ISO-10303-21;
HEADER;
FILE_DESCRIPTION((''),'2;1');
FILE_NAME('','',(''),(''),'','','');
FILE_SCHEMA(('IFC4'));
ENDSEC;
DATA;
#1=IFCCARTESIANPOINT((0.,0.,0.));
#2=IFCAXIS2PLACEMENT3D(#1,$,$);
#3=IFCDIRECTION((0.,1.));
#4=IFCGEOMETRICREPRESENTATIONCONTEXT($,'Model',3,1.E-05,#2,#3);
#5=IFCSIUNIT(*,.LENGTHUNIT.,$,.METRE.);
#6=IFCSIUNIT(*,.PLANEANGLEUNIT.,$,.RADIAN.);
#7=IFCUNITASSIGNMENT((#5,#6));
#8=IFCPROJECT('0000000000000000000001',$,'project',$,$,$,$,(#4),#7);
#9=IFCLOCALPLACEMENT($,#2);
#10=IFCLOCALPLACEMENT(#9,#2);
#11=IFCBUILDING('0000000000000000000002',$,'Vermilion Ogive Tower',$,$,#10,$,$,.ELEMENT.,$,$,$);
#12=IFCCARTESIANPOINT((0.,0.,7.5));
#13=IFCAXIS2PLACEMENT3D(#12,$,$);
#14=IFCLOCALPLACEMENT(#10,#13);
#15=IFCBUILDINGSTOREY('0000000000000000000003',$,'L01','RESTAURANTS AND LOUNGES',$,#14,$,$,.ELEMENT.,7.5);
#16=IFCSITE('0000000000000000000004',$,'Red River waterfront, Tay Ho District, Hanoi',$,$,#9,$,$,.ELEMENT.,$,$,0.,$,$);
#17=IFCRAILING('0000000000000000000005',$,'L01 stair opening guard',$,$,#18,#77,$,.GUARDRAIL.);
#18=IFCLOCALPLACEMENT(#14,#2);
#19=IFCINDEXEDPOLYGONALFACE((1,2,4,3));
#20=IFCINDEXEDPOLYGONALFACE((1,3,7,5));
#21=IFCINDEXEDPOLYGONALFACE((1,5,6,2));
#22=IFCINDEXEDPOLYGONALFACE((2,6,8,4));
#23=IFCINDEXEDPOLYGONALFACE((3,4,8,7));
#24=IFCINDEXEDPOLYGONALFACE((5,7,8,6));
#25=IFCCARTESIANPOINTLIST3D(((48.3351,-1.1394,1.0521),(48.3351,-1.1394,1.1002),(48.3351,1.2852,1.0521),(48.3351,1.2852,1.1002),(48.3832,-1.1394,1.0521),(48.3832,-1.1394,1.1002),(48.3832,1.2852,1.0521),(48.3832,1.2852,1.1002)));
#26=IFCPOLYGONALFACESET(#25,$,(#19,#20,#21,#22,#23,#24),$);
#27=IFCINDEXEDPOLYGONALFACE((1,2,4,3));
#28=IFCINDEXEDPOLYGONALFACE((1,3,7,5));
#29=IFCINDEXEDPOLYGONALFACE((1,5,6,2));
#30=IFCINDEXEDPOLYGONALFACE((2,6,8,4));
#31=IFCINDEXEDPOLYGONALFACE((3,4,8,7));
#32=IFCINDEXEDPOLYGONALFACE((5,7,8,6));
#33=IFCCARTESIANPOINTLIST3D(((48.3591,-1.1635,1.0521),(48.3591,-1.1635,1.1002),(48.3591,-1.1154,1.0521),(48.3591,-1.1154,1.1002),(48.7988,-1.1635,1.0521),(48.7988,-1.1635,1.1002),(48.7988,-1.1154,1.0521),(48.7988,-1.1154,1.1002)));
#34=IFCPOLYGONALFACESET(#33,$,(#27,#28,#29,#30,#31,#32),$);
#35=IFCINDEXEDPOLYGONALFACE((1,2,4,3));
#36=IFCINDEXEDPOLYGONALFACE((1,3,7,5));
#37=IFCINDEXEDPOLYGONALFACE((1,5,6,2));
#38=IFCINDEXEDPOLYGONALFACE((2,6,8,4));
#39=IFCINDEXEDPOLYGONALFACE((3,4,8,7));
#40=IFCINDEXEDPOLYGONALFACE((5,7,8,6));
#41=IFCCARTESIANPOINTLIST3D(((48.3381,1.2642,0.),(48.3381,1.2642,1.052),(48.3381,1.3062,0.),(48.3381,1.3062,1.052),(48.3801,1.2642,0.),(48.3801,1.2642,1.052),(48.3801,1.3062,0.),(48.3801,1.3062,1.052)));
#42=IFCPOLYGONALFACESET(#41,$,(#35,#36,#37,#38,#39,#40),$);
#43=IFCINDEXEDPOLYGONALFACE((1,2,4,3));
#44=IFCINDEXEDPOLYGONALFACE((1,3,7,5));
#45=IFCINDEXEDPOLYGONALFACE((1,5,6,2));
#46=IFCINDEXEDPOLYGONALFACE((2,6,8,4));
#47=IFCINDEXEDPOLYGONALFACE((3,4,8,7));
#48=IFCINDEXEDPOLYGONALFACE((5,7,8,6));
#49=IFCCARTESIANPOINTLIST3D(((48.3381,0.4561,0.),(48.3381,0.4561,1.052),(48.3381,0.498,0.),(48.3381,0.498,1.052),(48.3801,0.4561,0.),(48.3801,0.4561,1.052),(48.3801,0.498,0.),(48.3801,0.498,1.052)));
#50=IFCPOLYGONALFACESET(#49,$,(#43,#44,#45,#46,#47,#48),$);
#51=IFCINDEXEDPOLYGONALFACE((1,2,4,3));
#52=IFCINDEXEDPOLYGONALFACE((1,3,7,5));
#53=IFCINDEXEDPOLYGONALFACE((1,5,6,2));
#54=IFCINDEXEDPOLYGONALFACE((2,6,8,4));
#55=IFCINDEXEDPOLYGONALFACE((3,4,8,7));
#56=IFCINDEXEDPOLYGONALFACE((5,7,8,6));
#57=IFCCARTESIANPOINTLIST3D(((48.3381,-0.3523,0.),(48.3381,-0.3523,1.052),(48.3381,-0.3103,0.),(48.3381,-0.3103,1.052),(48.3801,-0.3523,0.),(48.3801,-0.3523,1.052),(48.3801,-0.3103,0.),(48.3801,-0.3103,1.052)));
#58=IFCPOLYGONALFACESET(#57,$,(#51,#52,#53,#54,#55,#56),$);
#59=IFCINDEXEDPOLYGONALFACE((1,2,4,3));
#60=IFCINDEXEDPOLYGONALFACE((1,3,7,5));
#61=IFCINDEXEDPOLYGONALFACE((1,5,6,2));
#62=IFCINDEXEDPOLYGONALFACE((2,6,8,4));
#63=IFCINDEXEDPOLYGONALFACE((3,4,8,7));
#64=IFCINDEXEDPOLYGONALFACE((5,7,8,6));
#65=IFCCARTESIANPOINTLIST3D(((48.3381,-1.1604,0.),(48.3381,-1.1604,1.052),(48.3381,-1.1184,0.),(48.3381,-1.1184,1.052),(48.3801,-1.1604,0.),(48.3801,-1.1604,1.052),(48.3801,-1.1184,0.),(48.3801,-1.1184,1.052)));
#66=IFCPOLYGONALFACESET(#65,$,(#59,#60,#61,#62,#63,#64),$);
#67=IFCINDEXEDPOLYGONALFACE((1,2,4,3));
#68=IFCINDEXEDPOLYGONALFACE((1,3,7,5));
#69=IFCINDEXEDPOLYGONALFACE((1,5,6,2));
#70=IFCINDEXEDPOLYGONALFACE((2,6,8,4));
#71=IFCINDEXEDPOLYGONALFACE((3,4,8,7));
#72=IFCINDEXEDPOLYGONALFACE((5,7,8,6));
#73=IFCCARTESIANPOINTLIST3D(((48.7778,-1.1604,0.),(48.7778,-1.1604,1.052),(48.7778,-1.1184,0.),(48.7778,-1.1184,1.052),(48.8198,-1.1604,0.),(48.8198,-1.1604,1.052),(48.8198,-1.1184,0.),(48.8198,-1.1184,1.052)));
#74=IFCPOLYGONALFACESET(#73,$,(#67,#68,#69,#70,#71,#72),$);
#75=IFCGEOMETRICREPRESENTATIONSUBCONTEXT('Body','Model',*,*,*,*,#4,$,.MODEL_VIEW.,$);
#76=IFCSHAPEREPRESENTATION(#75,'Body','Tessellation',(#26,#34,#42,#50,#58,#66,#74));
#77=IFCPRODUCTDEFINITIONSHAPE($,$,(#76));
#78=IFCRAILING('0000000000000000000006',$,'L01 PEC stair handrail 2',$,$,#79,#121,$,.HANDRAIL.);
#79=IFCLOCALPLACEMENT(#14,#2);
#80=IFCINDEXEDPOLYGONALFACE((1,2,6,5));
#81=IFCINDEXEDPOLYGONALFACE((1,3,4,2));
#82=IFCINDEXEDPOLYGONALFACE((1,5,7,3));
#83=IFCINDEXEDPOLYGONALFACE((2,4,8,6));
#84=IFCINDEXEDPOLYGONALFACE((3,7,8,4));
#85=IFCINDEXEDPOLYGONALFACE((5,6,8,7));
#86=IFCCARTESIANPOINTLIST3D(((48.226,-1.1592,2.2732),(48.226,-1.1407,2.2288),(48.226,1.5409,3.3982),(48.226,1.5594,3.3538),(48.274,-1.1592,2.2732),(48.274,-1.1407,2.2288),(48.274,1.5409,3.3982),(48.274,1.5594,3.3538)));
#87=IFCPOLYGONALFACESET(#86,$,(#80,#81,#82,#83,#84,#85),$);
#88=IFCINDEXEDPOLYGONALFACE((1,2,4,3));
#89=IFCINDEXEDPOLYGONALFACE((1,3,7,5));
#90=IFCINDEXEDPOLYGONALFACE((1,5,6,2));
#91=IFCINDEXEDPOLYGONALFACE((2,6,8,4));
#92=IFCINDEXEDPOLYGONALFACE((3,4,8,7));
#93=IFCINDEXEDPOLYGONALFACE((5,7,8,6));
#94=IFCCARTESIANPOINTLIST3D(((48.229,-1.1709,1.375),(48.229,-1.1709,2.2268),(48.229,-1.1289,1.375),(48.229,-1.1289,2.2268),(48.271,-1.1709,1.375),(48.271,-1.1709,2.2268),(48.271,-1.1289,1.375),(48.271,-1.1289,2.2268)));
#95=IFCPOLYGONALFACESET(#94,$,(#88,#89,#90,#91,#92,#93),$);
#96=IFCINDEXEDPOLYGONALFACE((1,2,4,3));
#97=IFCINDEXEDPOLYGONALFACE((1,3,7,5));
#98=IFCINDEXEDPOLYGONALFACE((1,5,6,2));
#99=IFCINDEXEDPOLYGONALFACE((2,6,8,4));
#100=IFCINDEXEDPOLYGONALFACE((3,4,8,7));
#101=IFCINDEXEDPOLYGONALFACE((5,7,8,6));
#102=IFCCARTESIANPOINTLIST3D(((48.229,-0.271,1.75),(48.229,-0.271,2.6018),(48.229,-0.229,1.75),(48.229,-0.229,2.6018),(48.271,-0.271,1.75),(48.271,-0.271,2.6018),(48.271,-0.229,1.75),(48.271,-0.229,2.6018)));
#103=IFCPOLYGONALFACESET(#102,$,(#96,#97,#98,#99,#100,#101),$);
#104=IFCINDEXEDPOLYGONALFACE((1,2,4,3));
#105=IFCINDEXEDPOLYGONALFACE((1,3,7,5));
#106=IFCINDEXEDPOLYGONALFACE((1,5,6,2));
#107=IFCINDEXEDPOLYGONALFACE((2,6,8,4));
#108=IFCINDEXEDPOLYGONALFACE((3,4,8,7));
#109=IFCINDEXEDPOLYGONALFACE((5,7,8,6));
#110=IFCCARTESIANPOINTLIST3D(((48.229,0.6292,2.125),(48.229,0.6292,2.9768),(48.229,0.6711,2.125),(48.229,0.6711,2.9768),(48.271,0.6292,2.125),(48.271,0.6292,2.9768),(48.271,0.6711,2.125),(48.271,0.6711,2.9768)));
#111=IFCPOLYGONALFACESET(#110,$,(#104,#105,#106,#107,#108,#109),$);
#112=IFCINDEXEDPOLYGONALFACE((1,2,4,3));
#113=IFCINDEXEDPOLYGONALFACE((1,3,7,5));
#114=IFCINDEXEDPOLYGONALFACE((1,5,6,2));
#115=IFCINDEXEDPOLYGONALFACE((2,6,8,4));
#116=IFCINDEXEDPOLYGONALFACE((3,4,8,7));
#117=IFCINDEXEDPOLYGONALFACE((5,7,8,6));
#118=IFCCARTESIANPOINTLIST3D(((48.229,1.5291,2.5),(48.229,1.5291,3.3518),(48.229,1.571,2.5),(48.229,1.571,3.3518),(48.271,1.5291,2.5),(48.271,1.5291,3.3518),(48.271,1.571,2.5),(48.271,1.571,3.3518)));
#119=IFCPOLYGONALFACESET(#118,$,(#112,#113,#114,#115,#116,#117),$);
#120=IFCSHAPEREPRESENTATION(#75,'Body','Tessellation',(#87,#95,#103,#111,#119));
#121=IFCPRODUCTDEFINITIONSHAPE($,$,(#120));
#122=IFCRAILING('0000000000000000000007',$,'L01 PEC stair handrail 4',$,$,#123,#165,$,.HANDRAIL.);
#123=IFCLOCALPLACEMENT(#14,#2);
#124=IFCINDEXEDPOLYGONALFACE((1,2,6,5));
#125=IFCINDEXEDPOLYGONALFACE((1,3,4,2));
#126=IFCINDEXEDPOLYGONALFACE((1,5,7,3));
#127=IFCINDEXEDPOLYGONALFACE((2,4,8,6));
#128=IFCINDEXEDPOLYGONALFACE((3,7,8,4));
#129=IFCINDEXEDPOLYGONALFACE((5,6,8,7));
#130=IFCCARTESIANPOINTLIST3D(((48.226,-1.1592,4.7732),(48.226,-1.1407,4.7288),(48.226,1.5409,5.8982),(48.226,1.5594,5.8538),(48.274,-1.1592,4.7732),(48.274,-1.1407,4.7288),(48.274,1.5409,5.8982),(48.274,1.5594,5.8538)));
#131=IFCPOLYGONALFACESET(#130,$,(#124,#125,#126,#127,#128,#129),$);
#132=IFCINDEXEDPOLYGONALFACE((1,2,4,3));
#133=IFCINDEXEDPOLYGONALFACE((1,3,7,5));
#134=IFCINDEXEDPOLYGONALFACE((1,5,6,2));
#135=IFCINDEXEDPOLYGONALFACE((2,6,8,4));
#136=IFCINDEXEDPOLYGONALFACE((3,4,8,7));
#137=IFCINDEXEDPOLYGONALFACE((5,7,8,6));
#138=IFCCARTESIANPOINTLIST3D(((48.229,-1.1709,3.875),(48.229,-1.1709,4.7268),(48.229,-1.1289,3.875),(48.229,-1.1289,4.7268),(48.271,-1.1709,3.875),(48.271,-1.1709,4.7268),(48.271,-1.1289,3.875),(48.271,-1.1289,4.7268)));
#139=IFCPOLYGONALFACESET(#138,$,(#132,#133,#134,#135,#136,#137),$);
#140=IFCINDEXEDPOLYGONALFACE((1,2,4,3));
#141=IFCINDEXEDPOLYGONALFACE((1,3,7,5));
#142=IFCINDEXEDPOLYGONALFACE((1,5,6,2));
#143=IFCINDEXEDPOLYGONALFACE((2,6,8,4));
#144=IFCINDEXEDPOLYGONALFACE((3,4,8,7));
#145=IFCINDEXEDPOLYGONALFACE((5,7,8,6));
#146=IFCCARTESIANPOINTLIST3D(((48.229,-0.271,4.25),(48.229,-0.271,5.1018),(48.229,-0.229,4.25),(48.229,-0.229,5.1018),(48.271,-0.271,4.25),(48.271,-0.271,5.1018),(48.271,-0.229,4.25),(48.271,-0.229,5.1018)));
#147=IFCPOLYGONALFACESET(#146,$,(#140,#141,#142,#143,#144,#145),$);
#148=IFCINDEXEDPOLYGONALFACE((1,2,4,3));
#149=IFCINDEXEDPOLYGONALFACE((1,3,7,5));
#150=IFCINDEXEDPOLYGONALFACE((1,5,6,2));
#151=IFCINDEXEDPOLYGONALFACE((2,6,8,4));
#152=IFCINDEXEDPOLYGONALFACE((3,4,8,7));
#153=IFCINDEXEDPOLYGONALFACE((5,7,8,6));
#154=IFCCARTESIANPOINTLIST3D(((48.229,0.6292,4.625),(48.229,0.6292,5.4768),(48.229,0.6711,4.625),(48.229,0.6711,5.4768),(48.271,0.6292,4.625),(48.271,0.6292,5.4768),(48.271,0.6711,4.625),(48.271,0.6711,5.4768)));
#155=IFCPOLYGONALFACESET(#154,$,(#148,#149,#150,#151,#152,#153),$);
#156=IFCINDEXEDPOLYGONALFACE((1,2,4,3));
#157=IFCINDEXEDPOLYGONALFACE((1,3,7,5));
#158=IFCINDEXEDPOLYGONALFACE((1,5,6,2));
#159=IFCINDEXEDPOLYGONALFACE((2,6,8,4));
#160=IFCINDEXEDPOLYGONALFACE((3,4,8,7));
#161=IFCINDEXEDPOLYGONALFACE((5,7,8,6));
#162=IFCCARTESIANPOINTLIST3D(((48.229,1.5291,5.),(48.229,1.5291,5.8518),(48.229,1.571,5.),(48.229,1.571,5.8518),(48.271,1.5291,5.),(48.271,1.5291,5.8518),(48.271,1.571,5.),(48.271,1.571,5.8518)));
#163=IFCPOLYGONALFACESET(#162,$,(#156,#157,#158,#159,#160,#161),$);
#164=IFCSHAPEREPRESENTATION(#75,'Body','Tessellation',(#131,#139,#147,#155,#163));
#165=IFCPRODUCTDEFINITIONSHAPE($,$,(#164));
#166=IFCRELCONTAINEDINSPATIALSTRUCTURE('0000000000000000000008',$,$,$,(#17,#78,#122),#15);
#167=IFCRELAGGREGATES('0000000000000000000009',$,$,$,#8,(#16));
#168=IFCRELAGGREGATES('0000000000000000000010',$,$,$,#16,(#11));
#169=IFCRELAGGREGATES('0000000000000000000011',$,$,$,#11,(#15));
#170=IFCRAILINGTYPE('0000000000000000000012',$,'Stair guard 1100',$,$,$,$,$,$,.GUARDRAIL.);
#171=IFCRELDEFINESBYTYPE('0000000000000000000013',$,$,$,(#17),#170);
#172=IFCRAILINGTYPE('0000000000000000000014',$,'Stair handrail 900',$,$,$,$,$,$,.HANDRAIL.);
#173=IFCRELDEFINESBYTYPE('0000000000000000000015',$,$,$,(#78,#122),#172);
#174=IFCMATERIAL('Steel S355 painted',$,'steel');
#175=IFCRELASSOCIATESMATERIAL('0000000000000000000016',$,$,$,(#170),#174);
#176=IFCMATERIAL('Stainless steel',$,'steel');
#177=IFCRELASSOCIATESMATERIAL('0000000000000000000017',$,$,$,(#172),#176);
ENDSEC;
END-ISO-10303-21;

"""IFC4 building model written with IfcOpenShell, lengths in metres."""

from ifc_helpers import new_model, si_unit, direction, frame, origin, origin_2d, place, context, subcontext, project, spatial, rectangle, extrude, material, type_object, element, save


model = new_model("IFC4")

# Units and contexts
model_context = context("Model", 3, precision=1e-05, world=origin(), true_north=direction((0.0, 1.0)))
body_context = subcontext(model_context, "Body", "Model", "MODEL_VIEW")
ifc_project = project(units=[si_unit("LENGTHUNIT", "METRE"), si_unit("PLANEANGLEUNIT", "RADIAN")], contexts=[model_context])

# Site, building, storey
site_placement = place(None, origin())
site = spatial("IfcSite", under=ifc_project, at=site_placement, Name="Red River waterfront, Tay Ho District, Hanoi", CompositionType="ELEMENT", RefElevation=0.0)
building_placement = place(site_placement, origin())
building = spatial("IfcBuilding", under=site, at=building_placement, Name="Vermilion Ogive Tower", CompositionType="ELEMENT")
storey_placement = place(building_placement, frame((0.0, 0.0, 7.5)))
storey = spatial("IfcBuildingStorey", under=building, at=storey_placement, Name="L01", Description="RESTAURANTS AND LOUNGES", CompositionType="ELEMENT", Elevation=7.5)

# Railings
ifc_material_1 = material(Name="Steel S355 painted", Category="steel")
railing_type_1 = type_object("IfcRailingType", Name="Stair guard 1100", PredefinedType="GUARDRAIL", material=ifc_material_1)
railing_placement = place(storey_placement, frame((48.3591, 1.2852, 0.0)))
element("IfcRailing", 1, at=railing_placement, inside=storey, type_object=railing_type_1, Name="L01 stair opening guard", PredefinedType="GUARDRAIL", context=body_context, shape_type="SweptSolid", body=[
    extrude(rectangle(XDim=0.0481, YDim=0.0481, at=origin_2d()), frame((0.0, 0.0, 1.0762), z_axis=(0.0, -1.0, 0.0), x_axis=(1.0, 0.0, 0.0)), (0.0, 0.0, 1.0), 2.4246),
    extrude(rectangle(XDim=0.0481, YDim=0.0481, at=origin_2d()), frame((0.0, -2.4246, 1.0762), z_axis=(1.0, 0.0, 0.0), x_axis=(0.0, 1.0, 0.0)), (0.0, 0.0, 1.0), 0.4397),
    extrude(rectangle(XDim=0.042, YDim=0.042, at=origin_2d()), origin(), (0.0, 0.0, 1.0), 1.052),
    extrude(rectangle(XDim=0.042, YDim=0.042, at=origin_2d()), frame((0.0, -0.8081, 0.0)), (0.0, 0.0, 1.0), 1.052),
    extrude(rectangle(XDim=0.042, YDim=0.042, at=origin_2d()), frame((0.0, -1.6165, 0.0)), (0.0, 0.0, 1.0), 1.052),
    extrude(rectangle(XDim=0.042, YDim=0.042, at=origin_2d()), frame((0.0, -2.4246, 0.0)), (0.0, 0.0, 1.0), 1.052),
    extrude(rectangle(XDim=0.042, YDim=0.042, at=origin_2d()), frame((0.4397, -2.4246, 0.0)), (0.0, 0.0, 1.0), 1.052),
])
ifc_material_2 = material(Name="Stainless steel", Category="steel")
railing_type_2 = type_object("IfcRailingType", Name="Stair handrail 900", PredefinedType="HANDRAIL", material=ifc_material_2)
for number, where, name in (
    (2, (48.25, -1.1499, 1.375), "L01 PEC stair handrail 2"),
    (3, (48.25, -1.1499, 3.875), "L01 PEC stair handrail 4"),
):
    element("IfcRailing", number, at=place(storey_placement, frame(where)), inside=storey, type_object=railing_type_2, Name=name, PredefinedType="HANDRAIL", context=body_context, shape_type="SweptSolid", body=[
        extrude(rectangle(XDim=0.0481, YDim=0.0481, at=origin_2d()), frame((0.0, 0.0, 0.876), z_axis=(0.0, 0.923074, 0.384621), x_axis=(-1.0, 0.0, 0.0)), (0.0, 0.0, 1.0), 2.925),
        extrude(rectangle(XDim=0.042, YDim=0.042, at=origin_2d()), origin(), (0.0, 0.0, 1.0), 0.8518),
        extrude(rectangle(XDim=0.042, YDim=0.042, at=origin_2d()), frame((0.0, 0.8999, 0.375)), (0.0, 0.0, 1.0), 0.8518),
        extrude(rectangle(XDim=0.042, YDim=0.042, at=origin_2d()), frame((0.0, 1.8, 0.75)), (0.0, 0.0, 1.0), 0.8518),
        extrude(rectangle(XDim=0.042, YDim=0.042, at=origin_2d()), frame((0.0, 2.7, 1.125)), (0.0, 0.0, 1.0), 0.8518),
    ])

save(model, "model.ifc")
